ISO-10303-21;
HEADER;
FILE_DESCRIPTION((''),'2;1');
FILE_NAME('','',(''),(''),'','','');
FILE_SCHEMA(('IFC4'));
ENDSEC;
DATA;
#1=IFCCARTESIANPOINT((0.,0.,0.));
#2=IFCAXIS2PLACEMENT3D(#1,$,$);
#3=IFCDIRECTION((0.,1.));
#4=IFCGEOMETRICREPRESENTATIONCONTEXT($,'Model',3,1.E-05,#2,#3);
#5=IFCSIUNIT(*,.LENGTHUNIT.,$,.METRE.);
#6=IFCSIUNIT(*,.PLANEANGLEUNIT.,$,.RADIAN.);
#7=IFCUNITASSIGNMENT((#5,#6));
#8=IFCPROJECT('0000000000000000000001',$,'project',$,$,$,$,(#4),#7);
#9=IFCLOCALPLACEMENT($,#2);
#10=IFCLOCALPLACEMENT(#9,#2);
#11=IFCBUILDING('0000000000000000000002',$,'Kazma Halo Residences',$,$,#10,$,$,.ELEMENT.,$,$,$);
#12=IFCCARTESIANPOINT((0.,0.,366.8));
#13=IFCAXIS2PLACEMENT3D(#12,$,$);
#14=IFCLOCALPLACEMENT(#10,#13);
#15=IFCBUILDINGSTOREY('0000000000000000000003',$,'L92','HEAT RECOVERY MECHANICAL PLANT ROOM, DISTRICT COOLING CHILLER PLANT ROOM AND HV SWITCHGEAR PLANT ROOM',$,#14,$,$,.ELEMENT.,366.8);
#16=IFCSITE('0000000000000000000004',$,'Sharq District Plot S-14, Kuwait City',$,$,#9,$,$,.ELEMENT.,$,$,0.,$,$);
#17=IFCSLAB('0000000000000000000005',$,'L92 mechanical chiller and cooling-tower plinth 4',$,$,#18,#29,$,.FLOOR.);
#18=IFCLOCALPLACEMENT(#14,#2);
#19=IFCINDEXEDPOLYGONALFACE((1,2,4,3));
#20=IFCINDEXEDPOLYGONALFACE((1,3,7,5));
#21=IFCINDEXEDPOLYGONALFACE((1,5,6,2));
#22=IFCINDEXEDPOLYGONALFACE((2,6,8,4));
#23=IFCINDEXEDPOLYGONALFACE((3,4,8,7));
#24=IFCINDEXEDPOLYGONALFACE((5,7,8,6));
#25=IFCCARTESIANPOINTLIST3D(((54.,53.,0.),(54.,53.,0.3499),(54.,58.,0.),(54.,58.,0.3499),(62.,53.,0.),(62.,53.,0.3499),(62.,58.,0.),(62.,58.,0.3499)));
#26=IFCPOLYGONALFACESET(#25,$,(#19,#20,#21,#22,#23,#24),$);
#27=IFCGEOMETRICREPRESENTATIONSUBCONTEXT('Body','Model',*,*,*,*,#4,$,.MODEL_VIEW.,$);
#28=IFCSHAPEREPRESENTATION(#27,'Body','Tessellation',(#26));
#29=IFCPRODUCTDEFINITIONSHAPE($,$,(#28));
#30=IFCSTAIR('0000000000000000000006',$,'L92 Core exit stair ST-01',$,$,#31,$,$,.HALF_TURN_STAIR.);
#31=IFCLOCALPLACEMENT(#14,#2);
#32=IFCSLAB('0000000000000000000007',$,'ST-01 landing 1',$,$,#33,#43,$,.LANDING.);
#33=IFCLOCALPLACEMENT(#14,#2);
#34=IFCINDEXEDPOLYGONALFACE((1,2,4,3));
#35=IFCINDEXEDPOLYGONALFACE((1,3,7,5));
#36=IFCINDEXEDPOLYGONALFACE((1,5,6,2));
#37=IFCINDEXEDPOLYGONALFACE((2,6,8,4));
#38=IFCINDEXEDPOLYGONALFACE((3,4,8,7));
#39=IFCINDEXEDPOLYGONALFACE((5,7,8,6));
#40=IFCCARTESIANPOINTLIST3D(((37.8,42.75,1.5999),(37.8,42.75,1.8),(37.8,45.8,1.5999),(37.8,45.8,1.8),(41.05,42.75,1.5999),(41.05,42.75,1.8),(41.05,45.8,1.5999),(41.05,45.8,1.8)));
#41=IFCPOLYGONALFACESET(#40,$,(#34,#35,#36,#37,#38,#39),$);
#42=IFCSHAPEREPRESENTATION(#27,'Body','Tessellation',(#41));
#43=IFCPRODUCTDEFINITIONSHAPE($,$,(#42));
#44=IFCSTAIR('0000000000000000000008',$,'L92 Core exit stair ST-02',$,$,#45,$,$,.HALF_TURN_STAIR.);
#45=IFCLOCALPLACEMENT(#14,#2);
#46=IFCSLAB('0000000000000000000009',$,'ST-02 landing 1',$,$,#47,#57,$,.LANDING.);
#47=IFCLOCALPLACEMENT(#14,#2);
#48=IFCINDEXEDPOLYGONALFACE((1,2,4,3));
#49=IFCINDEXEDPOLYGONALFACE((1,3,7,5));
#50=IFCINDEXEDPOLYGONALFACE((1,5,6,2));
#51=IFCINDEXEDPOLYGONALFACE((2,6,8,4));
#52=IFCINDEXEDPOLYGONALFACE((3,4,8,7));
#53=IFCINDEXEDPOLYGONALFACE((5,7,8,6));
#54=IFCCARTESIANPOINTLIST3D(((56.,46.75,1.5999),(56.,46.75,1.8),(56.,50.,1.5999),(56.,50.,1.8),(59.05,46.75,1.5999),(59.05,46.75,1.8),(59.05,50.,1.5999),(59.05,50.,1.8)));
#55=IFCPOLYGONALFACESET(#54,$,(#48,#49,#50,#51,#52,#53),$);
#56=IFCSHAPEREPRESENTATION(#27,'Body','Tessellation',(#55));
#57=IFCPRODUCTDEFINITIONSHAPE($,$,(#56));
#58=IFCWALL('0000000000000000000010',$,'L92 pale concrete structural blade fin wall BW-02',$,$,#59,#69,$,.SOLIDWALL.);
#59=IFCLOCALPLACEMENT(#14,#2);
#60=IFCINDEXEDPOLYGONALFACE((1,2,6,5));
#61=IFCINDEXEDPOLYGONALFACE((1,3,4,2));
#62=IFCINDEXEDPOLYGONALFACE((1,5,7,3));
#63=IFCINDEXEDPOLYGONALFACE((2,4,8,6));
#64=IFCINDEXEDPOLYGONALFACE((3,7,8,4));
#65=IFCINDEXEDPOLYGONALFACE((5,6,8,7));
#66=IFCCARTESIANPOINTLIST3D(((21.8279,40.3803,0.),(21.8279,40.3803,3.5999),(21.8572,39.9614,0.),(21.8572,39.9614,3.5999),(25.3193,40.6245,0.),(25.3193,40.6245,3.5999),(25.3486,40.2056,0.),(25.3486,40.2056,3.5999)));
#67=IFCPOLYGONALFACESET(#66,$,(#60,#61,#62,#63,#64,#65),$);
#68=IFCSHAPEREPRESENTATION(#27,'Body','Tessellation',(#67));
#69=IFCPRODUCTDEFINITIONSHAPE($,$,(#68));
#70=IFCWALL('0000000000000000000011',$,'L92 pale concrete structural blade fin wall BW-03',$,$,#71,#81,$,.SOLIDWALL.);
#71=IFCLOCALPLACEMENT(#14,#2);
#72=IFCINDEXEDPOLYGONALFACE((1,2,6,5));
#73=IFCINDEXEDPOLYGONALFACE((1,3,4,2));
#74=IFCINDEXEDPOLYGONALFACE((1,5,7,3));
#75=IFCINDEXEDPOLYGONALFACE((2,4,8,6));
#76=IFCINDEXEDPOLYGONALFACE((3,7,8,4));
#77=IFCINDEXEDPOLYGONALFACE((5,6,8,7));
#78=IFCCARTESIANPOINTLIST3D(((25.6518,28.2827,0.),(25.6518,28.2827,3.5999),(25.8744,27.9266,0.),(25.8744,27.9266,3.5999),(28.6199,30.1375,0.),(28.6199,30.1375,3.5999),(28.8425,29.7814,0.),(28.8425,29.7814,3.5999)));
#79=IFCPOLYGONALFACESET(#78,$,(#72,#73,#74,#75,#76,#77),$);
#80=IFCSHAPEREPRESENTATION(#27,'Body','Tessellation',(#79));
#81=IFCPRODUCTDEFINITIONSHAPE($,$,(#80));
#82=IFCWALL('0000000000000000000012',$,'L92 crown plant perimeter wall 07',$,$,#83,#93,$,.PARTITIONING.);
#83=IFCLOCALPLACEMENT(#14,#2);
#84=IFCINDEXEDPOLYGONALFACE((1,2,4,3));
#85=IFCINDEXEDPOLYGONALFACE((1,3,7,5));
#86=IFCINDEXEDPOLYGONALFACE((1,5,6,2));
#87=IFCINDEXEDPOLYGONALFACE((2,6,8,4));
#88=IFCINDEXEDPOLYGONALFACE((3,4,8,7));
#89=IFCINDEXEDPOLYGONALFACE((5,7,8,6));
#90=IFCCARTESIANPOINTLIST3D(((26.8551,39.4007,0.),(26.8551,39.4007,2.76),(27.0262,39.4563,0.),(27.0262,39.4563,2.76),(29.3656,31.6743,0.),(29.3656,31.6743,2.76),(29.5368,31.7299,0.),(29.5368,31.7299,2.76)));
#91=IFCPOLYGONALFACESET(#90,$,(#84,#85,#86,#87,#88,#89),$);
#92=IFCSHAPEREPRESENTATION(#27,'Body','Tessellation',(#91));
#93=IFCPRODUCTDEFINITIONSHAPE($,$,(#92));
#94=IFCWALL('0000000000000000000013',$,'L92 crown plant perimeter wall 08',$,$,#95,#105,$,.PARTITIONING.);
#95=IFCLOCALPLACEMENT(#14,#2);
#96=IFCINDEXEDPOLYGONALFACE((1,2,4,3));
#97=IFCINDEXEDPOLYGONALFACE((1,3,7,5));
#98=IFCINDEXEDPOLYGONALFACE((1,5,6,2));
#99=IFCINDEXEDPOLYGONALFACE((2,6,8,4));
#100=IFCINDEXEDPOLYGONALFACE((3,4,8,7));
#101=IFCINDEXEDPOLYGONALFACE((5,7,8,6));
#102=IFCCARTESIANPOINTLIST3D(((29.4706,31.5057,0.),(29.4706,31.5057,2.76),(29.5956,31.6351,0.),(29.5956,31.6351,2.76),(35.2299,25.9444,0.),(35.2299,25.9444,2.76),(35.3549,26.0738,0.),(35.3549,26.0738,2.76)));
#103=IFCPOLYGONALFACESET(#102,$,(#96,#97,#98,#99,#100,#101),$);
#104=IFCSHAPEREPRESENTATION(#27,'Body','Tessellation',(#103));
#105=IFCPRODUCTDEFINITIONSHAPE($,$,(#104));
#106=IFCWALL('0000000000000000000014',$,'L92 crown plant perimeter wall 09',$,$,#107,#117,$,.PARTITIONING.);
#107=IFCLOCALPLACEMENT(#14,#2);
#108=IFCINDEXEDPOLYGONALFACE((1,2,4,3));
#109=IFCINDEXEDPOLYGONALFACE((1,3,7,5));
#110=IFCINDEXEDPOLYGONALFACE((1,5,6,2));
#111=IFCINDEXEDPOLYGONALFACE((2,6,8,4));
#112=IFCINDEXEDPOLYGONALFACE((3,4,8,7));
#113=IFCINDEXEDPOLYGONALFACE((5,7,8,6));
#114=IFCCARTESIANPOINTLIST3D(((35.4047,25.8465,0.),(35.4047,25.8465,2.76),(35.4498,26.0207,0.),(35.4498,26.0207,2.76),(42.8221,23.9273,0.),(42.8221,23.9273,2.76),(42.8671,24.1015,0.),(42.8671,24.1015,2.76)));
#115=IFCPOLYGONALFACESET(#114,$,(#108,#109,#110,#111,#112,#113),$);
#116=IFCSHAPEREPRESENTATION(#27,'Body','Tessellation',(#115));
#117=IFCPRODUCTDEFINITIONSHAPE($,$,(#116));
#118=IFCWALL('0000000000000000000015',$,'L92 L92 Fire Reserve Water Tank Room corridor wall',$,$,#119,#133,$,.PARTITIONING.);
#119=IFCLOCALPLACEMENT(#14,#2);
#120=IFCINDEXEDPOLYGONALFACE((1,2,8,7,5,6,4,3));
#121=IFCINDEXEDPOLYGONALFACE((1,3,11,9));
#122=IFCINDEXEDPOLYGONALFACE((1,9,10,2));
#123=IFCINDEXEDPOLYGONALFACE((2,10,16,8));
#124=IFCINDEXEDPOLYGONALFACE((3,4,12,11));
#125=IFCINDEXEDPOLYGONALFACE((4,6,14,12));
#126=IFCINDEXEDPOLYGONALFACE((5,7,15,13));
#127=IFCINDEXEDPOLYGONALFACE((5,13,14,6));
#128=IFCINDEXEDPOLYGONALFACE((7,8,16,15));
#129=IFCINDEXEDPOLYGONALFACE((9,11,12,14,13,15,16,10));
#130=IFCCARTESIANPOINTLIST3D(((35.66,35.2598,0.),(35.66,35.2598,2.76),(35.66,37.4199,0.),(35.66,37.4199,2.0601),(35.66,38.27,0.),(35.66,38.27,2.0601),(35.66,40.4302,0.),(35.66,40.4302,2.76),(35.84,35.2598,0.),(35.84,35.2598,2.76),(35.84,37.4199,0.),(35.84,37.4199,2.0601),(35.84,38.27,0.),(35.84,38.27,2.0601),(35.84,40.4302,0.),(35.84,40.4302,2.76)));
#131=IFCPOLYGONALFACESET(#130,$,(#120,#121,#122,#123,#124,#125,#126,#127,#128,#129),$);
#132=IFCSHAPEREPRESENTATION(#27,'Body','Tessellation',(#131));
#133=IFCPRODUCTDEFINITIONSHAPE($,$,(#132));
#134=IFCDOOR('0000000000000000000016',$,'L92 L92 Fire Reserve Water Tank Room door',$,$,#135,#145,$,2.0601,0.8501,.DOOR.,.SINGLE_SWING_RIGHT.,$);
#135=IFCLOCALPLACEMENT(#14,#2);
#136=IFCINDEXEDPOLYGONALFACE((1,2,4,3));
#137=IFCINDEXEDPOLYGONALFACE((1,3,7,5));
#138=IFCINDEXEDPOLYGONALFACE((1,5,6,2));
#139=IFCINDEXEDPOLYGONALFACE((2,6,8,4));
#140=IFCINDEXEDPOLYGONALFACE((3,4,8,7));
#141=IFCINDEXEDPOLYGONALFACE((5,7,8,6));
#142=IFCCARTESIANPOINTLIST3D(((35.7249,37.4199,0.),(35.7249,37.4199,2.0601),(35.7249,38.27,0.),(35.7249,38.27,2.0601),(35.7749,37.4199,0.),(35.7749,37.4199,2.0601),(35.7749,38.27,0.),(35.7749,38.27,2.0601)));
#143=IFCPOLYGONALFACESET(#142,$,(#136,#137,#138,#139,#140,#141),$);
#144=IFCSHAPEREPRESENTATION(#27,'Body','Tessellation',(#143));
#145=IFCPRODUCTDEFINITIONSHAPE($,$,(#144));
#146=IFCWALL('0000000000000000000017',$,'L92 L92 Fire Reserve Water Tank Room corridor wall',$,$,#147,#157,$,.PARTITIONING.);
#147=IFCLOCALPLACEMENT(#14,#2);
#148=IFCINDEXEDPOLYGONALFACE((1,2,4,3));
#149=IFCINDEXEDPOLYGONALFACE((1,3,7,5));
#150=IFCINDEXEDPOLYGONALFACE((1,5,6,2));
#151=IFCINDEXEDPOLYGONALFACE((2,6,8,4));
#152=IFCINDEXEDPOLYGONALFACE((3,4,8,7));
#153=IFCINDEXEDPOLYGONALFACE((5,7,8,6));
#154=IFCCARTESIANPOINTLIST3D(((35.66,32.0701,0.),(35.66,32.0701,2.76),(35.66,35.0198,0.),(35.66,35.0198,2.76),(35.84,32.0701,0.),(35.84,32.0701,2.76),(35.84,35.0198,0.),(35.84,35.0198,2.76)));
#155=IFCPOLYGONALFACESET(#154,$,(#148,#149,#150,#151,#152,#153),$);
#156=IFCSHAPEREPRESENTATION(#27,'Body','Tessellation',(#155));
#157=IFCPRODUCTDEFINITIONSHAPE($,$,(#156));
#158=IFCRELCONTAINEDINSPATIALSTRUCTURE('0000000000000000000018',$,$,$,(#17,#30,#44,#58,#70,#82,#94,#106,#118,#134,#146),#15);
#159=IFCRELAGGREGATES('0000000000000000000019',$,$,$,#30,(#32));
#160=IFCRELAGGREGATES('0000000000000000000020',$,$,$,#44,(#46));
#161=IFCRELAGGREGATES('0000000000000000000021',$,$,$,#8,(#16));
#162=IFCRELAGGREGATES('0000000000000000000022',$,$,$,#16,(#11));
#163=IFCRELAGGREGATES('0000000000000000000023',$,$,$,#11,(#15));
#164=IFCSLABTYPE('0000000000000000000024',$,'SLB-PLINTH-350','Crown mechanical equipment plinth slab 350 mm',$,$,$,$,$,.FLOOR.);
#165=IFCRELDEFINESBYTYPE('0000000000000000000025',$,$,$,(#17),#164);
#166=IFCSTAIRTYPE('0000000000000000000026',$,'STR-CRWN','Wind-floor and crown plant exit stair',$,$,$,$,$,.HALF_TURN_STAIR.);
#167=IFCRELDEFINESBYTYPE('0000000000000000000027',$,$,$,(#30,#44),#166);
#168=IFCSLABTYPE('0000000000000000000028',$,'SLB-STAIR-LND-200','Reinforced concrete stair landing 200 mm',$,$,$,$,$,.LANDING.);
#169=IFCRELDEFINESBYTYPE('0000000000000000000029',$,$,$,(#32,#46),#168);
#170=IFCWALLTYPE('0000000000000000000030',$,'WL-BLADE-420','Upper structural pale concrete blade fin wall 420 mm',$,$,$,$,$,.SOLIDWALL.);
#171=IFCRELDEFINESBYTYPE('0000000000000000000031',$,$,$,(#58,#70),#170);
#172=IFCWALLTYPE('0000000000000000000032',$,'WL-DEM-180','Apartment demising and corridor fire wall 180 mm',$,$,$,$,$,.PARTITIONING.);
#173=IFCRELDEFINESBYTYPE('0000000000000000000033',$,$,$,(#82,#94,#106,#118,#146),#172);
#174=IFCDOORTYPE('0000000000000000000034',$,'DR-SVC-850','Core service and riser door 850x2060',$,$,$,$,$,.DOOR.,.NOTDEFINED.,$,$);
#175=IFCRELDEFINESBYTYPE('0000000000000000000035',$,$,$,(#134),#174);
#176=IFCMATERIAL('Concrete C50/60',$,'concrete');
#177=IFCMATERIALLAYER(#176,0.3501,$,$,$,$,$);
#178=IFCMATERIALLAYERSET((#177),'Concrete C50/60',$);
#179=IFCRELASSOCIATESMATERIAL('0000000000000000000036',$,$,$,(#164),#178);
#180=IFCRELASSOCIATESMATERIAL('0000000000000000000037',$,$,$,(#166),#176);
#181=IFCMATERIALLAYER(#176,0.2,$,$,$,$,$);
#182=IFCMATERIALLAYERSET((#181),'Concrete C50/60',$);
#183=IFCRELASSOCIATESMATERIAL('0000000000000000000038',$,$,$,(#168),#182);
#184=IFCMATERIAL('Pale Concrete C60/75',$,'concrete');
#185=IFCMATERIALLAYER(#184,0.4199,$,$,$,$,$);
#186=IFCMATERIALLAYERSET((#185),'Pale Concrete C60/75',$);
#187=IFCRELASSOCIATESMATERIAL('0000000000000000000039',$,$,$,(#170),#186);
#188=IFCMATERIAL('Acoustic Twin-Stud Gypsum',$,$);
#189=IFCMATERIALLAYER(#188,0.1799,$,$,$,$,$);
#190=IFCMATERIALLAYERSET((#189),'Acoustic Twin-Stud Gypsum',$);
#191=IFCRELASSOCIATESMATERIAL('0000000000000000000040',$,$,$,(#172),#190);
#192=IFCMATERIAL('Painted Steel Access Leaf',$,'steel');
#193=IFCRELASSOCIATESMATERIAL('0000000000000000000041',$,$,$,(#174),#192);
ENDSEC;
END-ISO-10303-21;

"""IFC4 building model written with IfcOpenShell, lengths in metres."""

from ifc_helpers import new_model, si_unit, direction, frame, frame_2d, origin, place, context, subcontext, project, spatial, polyline, rectangle, outline, extrude, material, layer, layer_set, type_object, element, fill, aggregate, save


model = new_model("IFC4")

# Units and contexts
model_context = context("Model", 3, precision=1e-05, world=origin(), true_north=direction((0.0, 1.0)))
body_context = subcontext(model_context, "Body", "Model", "MODEL_VIEW")
ifc_project = project(units=[si_unit("LENGTHUNIT", "METRE"), si_unit("PLANEANGLEUNIT", "RADIAN")], contexts=[model_context])

# Site, building, storey
site_placement = place(None, origin())
site = spatial("IfcSite", under=ifc_project, at=site_placement, Name="Sharq District Plot S-14, Kuwait City", CompositionType="ELEMENT", RefElevation=0.0)
building_placement = place(site_placement, origin())
building = spatial("IfcBuilding", under=site, at=building_placement, Name="Kazma Halo Residences", CompositionType="ELEMENT")
storey_placement = place(building_placement, frame((0.0, 0.0, 366.8)))
storey = spatial("IfcBuildingStorey", under=building, at=storey_placement, Name="L92", Description="HEAT RECOVERY MECHANICAL PLANT ROOM, DISTRICT COOLING CHILLER PLANT ROOM AND HV SWITCHGEAR PLANT ROOM", CompositionType="ELEMENT", Elevation=366.8)

# Slab
ifc_material_1 = material(Name="Concrete C50/60", Category="concrete")
ifc_layer_1 = layer(ifc_material_1, 0.3501)
ifc_layer_set_1 = layer_set([ifc_layer_1], Name="Concrete C50/60")
slab_type_1 = type_object("IfcSlabType", Name="SLB-PLINTH-350", Description="Crown mechanical equipment plinth slab 350 mm", PredefinedType="FLOOR", material=ifc_layer_set_1)
slab_1_placement = place(storey_placement, origin())
element("IfcSlab", 1, at=slab_1_placement, inside=storey, type_object=slab_type_1, Name="L92 mechanical chiller and cooling-tower plinth 4", PredefinedType="FLOOR", context=body_context, shape_type="SweptSolid", body=[
    extrude(outline(polyline([(54.0, 53.0), (62.0, 53.0), (62.0, 58.0), (54.0, 58.0), (54.0, 53.0)])), origin(), (0.0, 0.0, 1.0), 0.3499),
])

# Stairs, slabs
stair_type = type_object("IfcStairType", Name="STR-CRWN", Description="Wind-floor and crown plant exit stair", PredefinedType="HALF_TURN_STAIR", material=ifc_material_1)
stair_1_placement = place(storey_placement, origin())
stair_1 = element("IfcStair", 2, at=stair_1_placement, inside=storey, type_object=stair_type, Name="L92 Core exit stair ST-01", PredefinedType="HALF_TURN_STAIR")
ifc_layer_2 = layer(ifc_material_1, 0.2)
ifc_layer_set_2 = layer_set([ifc_layer_2], Name="Concrete C50/60")
slab_type_2 = type_object("IfcSlabType", Name="SLB-STAIR-LND-200", Description="Reinforced concrete stair landing 200 mm", PredefinedType="LANDING", material=ifc_layer_set_2)
slab_2_placement = place(storey_placement, frame((0.0, 0.0, 1.5999)))
slab_2 = element("IfcSlab", 3, at=slab_2_placement, type_object=slab_type_2, Name="ST-01 landing 1", PredefinedType="LANDING", context=body_context, shape_type="SweptSolid", body=[
    extrude(outline(polyline([(41.05, 42.75), (41.05, 45.8), (37.8, 45.8), (37.8, 42.75), (41.05, 42.75)])), origin(), (0.0, 0.0, 1.0), 0.2002),
])
aggregate(stair_1, [slab_2])
stair_2_placement = place(storey_placement, origin())
stair_2 = element("IfcStair", 4, at=stair_2_placement, inside=storey, type_object=stair_type, Name="L92 Core exit stair ST-02", PredefinedType="HALF_TURN_STAIR")
slab_3_placement = place(storey_placement, frame((0.0, 0.0, 1.5999)))
slab_3 = element("IfcSlab", 5, at=slab_3_placement, type_object=slab_type_2, Name="ST-02 landing 1", PredefinedType="LANDING", context=body_context, shape_type="SweptSolid", body=[
    extrude(outline(polyline([(56.0, 46.75), (59.05, 46.75), (59.05, 50.0), (56.0, 50.0), (56.0, 46.75)])), origin(), (0.0, 0.0, 1.0), 0.2002),
])
aggregate(stair_2, [slab_3])

# Walls
ifc_material_2 = material(Name="Pale Concrete C60/75", Category="concrete")
ifc_layer_3 = layer(ifc_material_2, 0.4199)
ifc_layer_set_3 = layer_set([ifc_layer_3], Name="Pale Concrete C60/75")
wall_type_1 = type_object("IfcWallType", Name="WL-BLADE-420", Description="Upper structural pale concrete blade fin wall 420 mm", PredefinedType="SOLIDWALL", material=ifc_layer_set_3)
for number, where, z_axis, x_axis, name in (
    (6, (25.334, 40.415, 0.0), (0.0, 0.0, 1.0), (-0.997564, -0.069755, 0.0), "L92 pale concrete structural blade fin wall BW-02"),
    (7, (28.7312, 29.9595, 0.0), (0.0, 0.0, 1.0), (-0.848034, -0.529943, 0.0), "L92 pale concrete structural blade fin wall BW-03"),
):
    element("IfcWall", number, at=place(storey_placement, frame(where, z_axis=z_axis, x_axis=x_axis)), inside=storey, type_object=wall_type_1, Name=name, PredefinedType="SOLIDWALL", context=body_context, shape_type="SweptSolid", body=[
        extrude(rectangle(XDim=3.5, YDim=0.4199, at=frame_2d((1.75, 0.0))), origin(), (0.0, 0.0, 1.0), 3.5999),
    ])
ifc_material_3 = material(Name="Acoustic Twin-Stud Gypsum")
ifc_layer_4 = layer(ifc_material_3, 0.1799)
ifc_layer_set_4 = layer_set([ifc_layer_4], Name="Acoustic Twin-Stud Gypsum")
wall_type_2 = type_object("IfcWallType", Name="WL-DEM-180", Description="Apartment demising and corridor fire wall 180 mm", PredefinedType="PARTITIONING", material=ifc_layer_set_4)
wall_1_placement = place(storey_placement, frame((26.9407, 39.4285, 0.0), z_axis=(0.0, 0.0, 1.0), x_axis=(0.309024, -0.951054, 0.0)))
element("IfcWall", 8, at=wall_1_placement, inside=storey, type_object=wall_type_2, Name="L92 crown plant perimeter wall 07", PredefinedType="PARTITIONING", context=body_context, shape_type="SweptSolid", body=[
    extrude(rectangle(XDim=8.124, YDim=0.1799, at=frame_2d((4.062, 0.0))), origin(), (0.0, 0.0, 1.0), 2.76),
])
wall_2_placement = place(storey_placement, frame((29.5332, 31.5703, 0.0), z_axis=(0.0, 0.0, 1.0), x_axis=(0.719364, -0.694633, 0.0)))
element("IfcWall", 9, at=wall_2_placement, inside=storey, type_object=wall_type_2, Name="L92 crown plant perimeter wall 08", PredefinedType="PARTITIONING", context=body_context, shape_type="SweptSolid", body=[
    extrude(rectangle(XDim=8.0061, YDim=0.1799, at=frame_2d((4.0029, 0.0))), origin(), (0.0, 0.0, 1.0), 2.76),
])
wall_3_placement = place(storey_placement, frame((35.4272, 25.9336, 0.0), z_axis=(0.0, 0.0, 1.0), x_axis=(0.968117, -0.250498, 0.0)))
element("IfcWall", 10, at=wall_3_placement, inside=storey, type_object=wall_type_2, Name="L92 crown plant perimeter wall 09", PredefinedType="PARTITIONING", context=body_context, shape_type="SweptSolid", body=[
    extrude(rectangle(XDim=7.6616, YDim=0.1799, at=frame_2d((3.8308, 0.0))), origin(), (0.0, 0.0, 1.0), 2.76),
])

# Wall, opening, door
wall_4_placement = place(storey_placement, frame((35.75, 40.4302, 0.0), z_axis=(0.0, 0.0, 1.0), x_axis=(0.0, -1.0, 0.0)))
wall_4 = element("IfcWall", 11, at=wall_4_placement, inside=storey, type_object=wall_type_2, Name="L92 L92 Fire Reserve Water Tank Room corridor wall", PredefinedType="PARTITIONING", context=body_context, shape_type="SweptSolid", body=[
    extrude(rectangle(XDim=5.1704, YDim=0.1799, at=frame_2d((2.5852, 0.0))), origin(), (0.0, 0.0, 1.0), 2.76),
])
opening_placement = place(wall_4_placement, frame((2.1602, 0.0, 0.0)))
opening = element("IfcOpeningElement", 12, at=opening_placement, cuts=wall_4, PredefinedType="OPENING", context=body_context, shape_type="SweptSolid", body=[
    extrude(rectangle(XDim=0.8501, YDim=2.0601, at=frame_2d((0.425, 1.03))), frame((0.0, 0.0999, 0.0), z_axis=(0.0, -1.0, 0.0), x_axis=(1.0, 0.0, 0.0)), (0.0, 0.0, 1.0), 0.2),
])
ifc_material_4 = material(Name="Painted Steel Access Leaf", Category="steel")
door_type = type_object("IfcDoorType", Name="DR-SVC-850", Description="Core service and riser door 850x2060", OperationType="NOTDEFINED", PredefinedType="DOOR", material=ifc_material_4)
door_placement = place(opening_placement, origin())
door = element("IfcDoor", 13, at=door_placement, inside=storey, type_object=door_type, Name="L92 L92 Fire Reserve Water Tank Room door", OperationType="SINGLE_SWING_RIGHT", OverallHeight=2.0601, OverallWidth=0.8501, PredefinedType="DOOR", context=body_context, shape_type="SweptSolid", body=[
    extrude(rectangle(XDim=0.8501, YDim=2.0601, at=frame_2d((0.425, 1.03))), frame((0.0, 0.0249, 0.0), z_axis=(0.0, -1.0, 0.0), x_axis=(1.0, 0.0, 0.0)), (0.0, 0.0, 1.0), 0.05),
])
fill(opening, door)

# Wall
wall_5_placement = place(storey_placement, frame((35.75, 35.0198, 0.0), z_axis=(0.0, 0.0, 1.0), x_axis=(0.0, -1.0, 0.0)))
element("IfcWall", 14, at=wall_5_placement, inside=storey, type_object=wall_type_2, Name="L92 L92 Fire Reserve Water Tank Room corridor wall", PredefinedType="PARTITIONING", context=body_context, shape_type="SweptSolid", body=[
    extrude(rectangle(XDim=2.9497, YDim=0.1799, at=frame_2d((1.4749, 0.0))), origin(), (0.0, 0.0, 1.0), 2.76),
])

save(model, "model.ifc")
